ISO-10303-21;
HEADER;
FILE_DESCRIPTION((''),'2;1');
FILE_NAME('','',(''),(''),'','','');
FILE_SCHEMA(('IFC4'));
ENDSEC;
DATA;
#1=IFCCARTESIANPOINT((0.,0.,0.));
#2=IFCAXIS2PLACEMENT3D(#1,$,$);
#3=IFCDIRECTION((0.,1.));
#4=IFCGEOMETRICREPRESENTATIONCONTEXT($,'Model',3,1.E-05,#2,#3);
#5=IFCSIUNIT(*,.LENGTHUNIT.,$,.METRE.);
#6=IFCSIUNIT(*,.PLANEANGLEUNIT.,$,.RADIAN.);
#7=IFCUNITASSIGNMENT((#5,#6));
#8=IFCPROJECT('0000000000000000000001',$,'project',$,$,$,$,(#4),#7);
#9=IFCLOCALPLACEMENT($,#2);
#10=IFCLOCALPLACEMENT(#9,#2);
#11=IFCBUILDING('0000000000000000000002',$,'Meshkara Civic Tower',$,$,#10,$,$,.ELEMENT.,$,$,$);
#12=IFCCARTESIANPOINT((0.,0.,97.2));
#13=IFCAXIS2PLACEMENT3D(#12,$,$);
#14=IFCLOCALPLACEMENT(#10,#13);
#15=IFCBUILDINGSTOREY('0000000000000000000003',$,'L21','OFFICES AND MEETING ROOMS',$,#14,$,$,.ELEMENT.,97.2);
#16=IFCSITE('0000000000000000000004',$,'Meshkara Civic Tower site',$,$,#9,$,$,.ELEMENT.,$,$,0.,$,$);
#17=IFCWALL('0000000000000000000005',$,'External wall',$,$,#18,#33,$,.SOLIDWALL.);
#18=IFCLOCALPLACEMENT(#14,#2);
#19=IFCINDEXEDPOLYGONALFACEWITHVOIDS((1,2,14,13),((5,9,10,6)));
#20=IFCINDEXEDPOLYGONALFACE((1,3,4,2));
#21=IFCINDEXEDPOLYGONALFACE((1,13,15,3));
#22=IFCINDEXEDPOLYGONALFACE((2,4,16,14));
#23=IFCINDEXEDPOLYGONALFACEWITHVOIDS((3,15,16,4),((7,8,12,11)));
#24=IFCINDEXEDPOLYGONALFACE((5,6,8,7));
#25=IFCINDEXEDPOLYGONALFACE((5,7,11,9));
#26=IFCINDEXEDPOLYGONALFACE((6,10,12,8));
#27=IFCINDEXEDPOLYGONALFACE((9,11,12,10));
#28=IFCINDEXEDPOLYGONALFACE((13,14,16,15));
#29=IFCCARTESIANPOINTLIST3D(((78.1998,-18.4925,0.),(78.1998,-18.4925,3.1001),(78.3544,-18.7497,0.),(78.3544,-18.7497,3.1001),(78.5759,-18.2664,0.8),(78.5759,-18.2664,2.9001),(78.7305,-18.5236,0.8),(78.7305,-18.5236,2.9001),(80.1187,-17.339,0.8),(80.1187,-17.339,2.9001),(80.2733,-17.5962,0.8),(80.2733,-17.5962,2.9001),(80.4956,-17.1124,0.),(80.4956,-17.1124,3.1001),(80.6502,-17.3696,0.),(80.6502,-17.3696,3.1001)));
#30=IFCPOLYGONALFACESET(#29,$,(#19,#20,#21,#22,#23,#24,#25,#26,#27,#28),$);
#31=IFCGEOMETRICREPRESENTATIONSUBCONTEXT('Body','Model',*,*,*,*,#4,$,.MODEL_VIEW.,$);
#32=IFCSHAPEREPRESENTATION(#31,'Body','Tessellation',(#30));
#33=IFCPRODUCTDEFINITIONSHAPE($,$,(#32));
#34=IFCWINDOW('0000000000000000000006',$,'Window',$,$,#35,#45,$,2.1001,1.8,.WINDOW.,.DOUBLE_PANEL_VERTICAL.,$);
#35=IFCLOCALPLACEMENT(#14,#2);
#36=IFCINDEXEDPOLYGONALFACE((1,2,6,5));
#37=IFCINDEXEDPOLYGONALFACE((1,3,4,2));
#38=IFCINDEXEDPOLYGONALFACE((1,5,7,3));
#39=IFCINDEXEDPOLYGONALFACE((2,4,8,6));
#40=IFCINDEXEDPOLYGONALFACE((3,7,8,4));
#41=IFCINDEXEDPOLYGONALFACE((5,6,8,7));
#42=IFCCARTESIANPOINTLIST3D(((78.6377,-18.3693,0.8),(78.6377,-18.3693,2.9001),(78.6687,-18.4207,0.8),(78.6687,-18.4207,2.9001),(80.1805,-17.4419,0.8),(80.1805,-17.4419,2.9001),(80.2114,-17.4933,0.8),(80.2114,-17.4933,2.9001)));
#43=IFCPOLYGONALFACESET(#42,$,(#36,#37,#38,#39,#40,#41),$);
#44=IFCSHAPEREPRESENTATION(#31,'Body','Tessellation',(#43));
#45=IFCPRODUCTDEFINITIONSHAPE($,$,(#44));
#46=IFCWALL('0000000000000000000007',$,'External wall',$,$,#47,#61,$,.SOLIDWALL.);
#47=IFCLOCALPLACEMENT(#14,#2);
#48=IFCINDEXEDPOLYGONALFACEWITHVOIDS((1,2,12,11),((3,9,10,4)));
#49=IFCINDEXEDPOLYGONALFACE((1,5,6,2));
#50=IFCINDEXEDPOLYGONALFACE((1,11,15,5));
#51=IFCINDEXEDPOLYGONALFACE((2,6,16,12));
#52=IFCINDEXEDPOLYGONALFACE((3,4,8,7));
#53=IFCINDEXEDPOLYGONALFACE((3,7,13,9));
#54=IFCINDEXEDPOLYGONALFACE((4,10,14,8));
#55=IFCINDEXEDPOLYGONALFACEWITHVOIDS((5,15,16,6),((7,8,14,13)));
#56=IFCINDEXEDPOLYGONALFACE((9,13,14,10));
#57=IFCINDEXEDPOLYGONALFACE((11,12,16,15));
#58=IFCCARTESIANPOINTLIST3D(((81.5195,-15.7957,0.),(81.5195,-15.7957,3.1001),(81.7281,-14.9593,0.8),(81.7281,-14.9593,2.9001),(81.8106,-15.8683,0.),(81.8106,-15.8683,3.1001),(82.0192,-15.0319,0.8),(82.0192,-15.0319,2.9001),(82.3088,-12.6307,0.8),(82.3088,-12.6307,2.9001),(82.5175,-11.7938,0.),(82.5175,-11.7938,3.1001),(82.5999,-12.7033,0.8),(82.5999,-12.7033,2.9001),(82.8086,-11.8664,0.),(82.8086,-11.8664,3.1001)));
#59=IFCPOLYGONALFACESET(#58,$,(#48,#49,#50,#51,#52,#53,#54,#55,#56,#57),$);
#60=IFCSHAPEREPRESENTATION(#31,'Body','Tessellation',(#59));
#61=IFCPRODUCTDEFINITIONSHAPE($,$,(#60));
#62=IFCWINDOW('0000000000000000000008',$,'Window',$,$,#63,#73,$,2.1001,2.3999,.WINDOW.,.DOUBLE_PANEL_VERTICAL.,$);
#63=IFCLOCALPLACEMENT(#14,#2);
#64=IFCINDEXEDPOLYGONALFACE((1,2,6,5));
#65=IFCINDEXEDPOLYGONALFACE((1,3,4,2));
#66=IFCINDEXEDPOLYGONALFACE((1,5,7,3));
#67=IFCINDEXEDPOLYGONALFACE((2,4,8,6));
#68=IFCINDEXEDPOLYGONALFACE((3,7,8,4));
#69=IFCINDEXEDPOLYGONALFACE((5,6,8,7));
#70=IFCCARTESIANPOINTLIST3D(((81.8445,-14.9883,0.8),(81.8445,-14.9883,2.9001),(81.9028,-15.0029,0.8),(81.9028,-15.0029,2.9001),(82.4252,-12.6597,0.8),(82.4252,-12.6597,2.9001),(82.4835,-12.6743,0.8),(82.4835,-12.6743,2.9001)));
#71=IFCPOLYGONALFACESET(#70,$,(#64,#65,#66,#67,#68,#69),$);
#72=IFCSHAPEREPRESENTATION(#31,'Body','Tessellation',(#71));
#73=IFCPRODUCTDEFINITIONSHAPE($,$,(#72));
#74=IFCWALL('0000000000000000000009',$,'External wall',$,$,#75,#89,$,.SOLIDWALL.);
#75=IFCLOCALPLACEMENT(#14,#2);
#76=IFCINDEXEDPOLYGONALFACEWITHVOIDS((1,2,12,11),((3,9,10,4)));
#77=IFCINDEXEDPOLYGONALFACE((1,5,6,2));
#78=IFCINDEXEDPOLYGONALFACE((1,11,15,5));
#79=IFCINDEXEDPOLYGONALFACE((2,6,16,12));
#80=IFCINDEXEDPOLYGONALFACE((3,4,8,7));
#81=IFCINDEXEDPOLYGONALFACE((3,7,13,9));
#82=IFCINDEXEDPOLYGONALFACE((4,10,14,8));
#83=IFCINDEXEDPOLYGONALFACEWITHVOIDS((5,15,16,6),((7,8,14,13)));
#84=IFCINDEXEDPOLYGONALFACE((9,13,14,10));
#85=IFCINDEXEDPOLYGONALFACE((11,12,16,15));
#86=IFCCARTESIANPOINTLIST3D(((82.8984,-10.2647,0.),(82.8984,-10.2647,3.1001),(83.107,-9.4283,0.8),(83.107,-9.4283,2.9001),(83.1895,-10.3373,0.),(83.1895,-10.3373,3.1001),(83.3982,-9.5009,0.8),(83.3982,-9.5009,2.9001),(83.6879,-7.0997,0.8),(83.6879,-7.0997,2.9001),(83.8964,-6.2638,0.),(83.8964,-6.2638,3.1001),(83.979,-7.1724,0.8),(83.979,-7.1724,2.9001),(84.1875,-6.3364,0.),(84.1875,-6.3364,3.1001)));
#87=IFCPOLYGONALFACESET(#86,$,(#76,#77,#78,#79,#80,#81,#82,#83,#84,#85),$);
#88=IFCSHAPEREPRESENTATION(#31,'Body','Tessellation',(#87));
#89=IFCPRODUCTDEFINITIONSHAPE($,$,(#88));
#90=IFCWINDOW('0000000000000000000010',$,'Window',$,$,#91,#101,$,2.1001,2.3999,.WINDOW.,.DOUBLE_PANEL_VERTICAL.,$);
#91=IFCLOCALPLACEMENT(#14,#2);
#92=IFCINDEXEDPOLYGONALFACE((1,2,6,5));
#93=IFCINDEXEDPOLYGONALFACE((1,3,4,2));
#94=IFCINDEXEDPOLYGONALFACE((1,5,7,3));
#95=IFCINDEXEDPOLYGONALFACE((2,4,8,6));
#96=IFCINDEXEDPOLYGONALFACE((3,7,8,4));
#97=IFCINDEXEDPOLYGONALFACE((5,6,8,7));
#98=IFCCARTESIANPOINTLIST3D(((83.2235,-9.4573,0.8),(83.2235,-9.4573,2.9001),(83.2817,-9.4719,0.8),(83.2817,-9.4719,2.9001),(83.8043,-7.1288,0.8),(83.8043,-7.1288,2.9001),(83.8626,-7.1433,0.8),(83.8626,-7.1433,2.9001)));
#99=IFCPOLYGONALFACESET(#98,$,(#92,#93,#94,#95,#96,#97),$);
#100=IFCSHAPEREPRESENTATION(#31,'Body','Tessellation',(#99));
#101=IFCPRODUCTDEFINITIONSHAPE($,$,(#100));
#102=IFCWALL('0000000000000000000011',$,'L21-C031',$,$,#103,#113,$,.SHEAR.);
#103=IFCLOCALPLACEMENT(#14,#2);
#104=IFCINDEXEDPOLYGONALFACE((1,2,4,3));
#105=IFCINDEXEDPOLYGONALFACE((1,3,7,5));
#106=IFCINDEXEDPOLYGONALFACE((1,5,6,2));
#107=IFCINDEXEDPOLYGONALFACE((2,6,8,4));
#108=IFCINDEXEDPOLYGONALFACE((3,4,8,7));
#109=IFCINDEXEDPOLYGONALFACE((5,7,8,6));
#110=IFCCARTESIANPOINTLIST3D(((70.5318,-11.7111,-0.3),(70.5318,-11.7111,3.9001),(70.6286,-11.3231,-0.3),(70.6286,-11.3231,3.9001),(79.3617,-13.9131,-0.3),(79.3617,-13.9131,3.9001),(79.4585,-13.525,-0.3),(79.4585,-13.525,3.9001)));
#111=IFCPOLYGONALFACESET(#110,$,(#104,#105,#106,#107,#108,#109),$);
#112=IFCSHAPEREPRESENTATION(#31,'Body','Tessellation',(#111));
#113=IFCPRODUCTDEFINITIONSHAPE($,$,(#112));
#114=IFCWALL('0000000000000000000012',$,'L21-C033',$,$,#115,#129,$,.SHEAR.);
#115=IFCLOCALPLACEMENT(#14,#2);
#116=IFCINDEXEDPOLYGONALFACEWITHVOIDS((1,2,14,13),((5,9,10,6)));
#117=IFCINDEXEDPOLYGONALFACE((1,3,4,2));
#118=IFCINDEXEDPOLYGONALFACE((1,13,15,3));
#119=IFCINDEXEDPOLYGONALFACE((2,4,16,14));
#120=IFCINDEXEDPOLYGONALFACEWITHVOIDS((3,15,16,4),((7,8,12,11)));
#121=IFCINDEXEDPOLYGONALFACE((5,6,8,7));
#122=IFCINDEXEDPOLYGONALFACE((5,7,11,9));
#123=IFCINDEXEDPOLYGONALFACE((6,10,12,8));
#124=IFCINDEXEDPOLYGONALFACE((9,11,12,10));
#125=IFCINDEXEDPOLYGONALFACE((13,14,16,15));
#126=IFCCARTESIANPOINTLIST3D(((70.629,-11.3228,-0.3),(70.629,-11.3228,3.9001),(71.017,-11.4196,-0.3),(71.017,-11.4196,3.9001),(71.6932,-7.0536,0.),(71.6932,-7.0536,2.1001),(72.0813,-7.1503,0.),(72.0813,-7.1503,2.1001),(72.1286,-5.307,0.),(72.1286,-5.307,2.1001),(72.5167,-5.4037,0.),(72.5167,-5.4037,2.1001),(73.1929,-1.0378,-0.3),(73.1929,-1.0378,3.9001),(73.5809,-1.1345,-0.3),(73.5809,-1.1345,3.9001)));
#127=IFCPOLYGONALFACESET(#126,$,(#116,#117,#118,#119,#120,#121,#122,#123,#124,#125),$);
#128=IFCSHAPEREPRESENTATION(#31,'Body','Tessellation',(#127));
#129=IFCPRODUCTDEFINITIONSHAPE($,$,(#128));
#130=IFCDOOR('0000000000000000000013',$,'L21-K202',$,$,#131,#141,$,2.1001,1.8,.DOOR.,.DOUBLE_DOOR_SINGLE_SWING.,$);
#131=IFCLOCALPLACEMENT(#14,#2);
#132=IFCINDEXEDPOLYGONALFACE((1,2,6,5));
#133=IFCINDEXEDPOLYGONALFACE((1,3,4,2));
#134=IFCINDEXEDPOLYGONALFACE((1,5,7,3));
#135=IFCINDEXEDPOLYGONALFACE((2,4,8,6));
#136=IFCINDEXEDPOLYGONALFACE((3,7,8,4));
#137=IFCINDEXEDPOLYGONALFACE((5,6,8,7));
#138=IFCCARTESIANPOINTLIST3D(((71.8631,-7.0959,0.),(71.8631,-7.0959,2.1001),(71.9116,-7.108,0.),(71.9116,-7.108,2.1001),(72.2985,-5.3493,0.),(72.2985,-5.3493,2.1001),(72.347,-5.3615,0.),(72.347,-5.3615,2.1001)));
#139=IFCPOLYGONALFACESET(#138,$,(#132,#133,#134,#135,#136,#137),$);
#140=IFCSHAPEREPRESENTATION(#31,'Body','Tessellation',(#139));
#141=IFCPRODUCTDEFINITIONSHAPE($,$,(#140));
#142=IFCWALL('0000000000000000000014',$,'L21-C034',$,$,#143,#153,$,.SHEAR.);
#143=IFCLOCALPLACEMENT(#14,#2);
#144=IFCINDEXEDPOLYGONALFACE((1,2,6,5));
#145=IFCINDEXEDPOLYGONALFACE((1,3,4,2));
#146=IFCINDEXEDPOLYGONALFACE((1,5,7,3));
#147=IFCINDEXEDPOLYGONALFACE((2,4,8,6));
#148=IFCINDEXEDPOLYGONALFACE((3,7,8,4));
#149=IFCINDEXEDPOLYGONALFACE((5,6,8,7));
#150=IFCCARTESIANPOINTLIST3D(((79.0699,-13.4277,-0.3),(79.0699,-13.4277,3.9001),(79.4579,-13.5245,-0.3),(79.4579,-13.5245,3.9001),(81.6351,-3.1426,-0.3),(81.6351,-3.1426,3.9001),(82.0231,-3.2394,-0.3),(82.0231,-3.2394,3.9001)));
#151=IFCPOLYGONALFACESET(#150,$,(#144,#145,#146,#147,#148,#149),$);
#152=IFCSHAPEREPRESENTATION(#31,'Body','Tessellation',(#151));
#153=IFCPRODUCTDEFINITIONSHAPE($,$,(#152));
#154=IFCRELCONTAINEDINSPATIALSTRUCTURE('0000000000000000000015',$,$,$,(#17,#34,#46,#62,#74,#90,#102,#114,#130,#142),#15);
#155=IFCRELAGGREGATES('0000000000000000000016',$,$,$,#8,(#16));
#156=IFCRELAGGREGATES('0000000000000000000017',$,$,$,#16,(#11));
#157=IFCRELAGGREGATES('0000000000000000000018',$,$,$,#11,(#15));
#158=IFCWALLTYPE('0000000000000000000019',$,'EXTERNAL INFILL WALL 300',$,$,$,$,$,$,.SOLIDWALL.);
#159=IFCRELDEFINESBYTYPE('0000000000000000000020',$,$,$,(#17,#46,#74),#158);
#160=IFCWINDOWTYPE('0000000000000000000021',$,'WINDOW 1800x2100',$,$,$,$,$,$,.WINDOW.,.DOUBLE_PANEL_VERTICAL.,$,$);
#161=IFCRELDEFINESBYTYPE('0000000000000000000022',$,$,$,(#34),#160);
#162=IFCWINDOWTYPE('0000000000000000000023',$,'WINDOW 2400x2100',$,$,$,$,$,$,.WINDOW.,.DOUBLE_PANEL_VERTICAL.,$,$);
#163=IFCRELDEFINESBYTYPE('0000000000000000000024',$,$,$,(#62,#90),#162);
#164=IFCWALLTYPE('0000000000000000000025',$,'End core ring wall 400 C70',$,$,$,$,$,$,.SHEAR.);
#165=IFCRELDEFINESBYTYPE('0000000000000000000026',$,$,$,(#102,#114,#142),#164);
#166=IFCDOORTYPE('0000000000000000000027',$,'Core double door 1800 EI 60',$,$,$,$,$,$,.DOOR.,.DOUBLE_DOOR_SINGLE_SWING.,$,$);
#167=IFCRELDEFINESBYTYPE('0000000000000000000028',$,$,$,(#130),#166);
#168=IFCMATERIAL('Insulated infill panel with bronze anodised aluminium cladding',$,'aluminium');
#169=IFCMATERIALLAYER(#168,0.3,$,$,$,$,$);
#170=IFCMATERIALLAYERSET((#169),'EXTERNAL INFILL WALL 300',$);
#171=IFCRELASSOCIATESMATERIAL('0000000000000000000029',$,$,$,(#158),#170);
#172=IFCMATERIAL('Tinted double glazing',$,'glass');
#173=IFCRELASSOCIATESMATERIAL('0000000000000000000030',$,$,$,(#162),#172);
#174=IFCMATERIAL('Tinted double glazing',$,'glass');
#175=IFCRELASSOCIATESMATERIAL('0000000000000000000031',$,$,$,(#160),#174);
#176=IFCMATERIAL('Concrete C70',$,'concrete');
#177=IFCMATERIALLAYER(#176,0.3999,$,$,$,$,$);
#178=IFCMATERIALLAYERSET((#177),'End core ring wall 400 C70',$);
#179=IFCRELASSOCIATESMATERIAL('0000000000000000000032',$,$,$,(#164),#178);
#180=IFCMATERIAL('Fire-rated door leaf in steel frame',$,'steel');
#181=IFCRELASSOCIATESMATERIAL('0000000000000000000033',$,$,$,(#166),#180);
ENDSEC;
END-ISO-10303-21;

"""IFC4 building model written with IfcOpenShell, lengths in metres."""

from ifc_helpers import new_model, si_unit, direction, frame, frame_2d, origin, place, context, subcontext, project, spatial, rectangle, extrude, material, layer, layer_set, type_object, element, fill, save


model = new_model("IFC4")

# Units and contexts
model_context = context("Model", 3, precision=1e-05, world=origin(), true_north=direction((0.0, 1.0)))
body_context = subcontext(model_context, "Body", "Model", "MODEL_VIEW")
ifc_project = project(units=[si_unit("LENGTHUNIT", "METRE"), si_unit("PLANEANGLEUNIT", "RADIAN")], contexts=[model_context])

# Site, building, storey
site_placement = place(None, origin())
site = spatial("IfcSite", under=ifc_project, at=site_placement, Name="Meshkara Civic Tower site", CompositionType="ELEMENT", RefElevation=0.0)
building_placement = place(site_placement, origin())
building = spatial("IfcBuilding", under=site, at=building_placement, Name="Meshkara Civic Tower", CompositionType="ELEMENT")
storey_placement = place(building_placement, frame((0.0, 0.0, 97.2)))
storey = spatial("IfcBuildingStorey", under=building, at=storey_placement, Name="L21", Description="OFFICES AND MEETING ROOMS", CompositionType="ELEMENT", Elevation=97.2)

# Walls, openings, windows
ifc_material_1 = material(Name="Insulated infill panel with bronze anodised aluminium cladding", Category="aluminium")
ifc_layer_1 = layer(ifc_material_1, 0.3)
ifc_layer_set_1 = layer_set([ifc_layer_1], Name="EXTERNAL INFILL WALL 300")
wall_type_1 = type_object("IfcWallType", Name="EXTERNAL INFILL WALL 300", PredefinedType="SOLIDWALL", material=ifc_layer_set_1)
ifc_material_2 = material(Name="Tinted double glazing", Category="glass")
window_type_1 = type_object("IfcWindowType", Name="WINDOW 2400x2100", PartitioningType="DOUBLE_PANEL_VERTICAL", PredefinedType="WINDOW", material=ifc_material_2)
wall_1_placement = place(storey_placement, frame((78.2771, -18.6211, 0.0), z_axis=(0.0, 0.0, 1.0), x_axis=(0.857066, 0.515206, 0.0)))
wall_1 = element("IfcWall", 1, at=wall_1_placement, inside=storey, type_object=wall_type_1, Name="External wall", PredefinedType="SOLIDWALL", context=body_context, shape_type="SweptSolid", body=[
    extrude(rectangle(XDim=2.6787, YDim=0.3, at=frame_2d((1.3394, 0.0))), origin(), (0.0, 0.0, 1.0), 3.1001),
])
opening_1_placement = place(wall_1_placement, frame((0.439, 0.0, 0.8)))
opening_1 = element("IfcOpeningElement", 2, at=opening_1_placement, cuts=wall_1, PredefinedType="OPENING", context=body_context, shape_type="SweptSolid", body=[
    extrude(rectangle(XDim=1.8, YDim=2.1001, at=frame_2d((0.8999, 1.05))), frame((0.0, 0.1599, 0.0), z_axis=(0.0, -1.0, 0.0), x_axis=(1.0, 0.0, 0.0)), (0.0, 0.0, 1.0), 0.3201),
])
ifc_material_3 = material(Name="Tinted double glazing", Category="glass")
window_type_2 = type_object("IfcWindowType", Name="WINDOW 1800x2100", PartitioningType="DOUBLE_PANEL_VERTICAL", PredefinedType="WINDOW", material=ifc_material_3)
window_1_placement = place(opening_1_placement, origin())
window_1 = element("IfcWindow", 3, at=window_1_placement, inside=storey, type_object=window_type_2, Name="Window", OverallHeight=2.1001, OverallWidth=1.8, PartitioningType="DOUBLE_PANEL_VERTICAL", PredefinedType="WINDOW", context=body_context, shape_type="SweptSolid", body=[
    extrude(rectangle(XDim=1.8, YDim=2.1001, at=frame_2d((0.8999, 1.05))), frame((0.0, 0.03, 0.0), z_axis=(0.0, -1.0, 0.0), x_axis=(1.0, 0.0, 0.0)), (0.0, 0.0, 1.0), 0.0601),
])
fill(opening_1, window_1)
wall_2_placement = place(storey_placement, frame((81.665, -15.832, 0.0), z_axis=(0.0, 0.0, 1.0), x_axis=(0.241978, 0.970282, 0.0)))
wall_2 = element("IfcWall", 4, at=wall_2_placement, inside=storey, type_object=wall_type_1, Name="External wall", PredefinedType="SOLIDWALL", context=body_context, shape_type="SweptSolid", body=[
    extrude(rectangle(XDim=4.1245, YDim=0.3, at=frame_2d((2.0623, 0.0))), origin(), (0.0, 0.0, 1.0), 3.1001),
])
opening_2_placement = place(wall_2_placement, frame((0.8621, 0.0, 0.8)))
opening_2 = element("IfcOpeningElement", 5, at=opening_2_placement, cuts=wall_2, PredefinedType="OPENING", context=body_context, shape_type="SweptSolid", body=[
    extrude(rectangle(XDim=2.3999, YDim=2.1001, at=frame_2d((1.2, 1.05))), frame((0.0, 0.1599, 0.0), z_axis=(0.0, -1.0, 0.0), x_axis=(1.0, 0.0, 0.0)), (0.0, 0.0, 1.0), 0.3201),
])
window_2_placement = place(opening_2_placement, origin())
window_2 = element("IfcWindow", 6, at=window_2_placement, inside=storey, type_object=window_type_1, Name="Window", OverallHeight=2.1001, OverallWidth=2.3999, PartitioningType="DOUBLE_PANEL_VERTICAL", PredefinedType="WINDOW", context=body_context, shape_type="SweptSolid", body=[
    extrude(rectangle(XDim=2.3999, YDim=2.1001, at=frame_2d((1.2, 1.05))), frame((0.0, 0.03, 0.0), z_axis=(0.0, -1.0, 0.0), x_axis=(1.0, 0.0, 0.0)), (0.0, 0.0, 1.0), 0.0601),
])
fill(opening_2, window_2)
wall_3_placement = place(storey_placement, frame((83.0439, -10.301, 0.0), z_axis=(0.0, 0.0, 1.0), x_axis=(0.242034, 0.970268, 0.0)))
wall_3 = element("IfcWall", 7, at=wall_3_placement, inside=storey, type_object=wall_type_1, Name="External wall", PredefinedType="SOLIDWALL", context=body_context, shape_type="SweptSolid", body=[
    extrude(rectangle(XDim=4.1235, YDim=0.3, at=frame_2d((2.0618, 0.0))), origin(), (0.0, 0.0, 1.0), 3.1001),
])
opening_3_placement = place(wall_3_placement, frame((0.8621, 0.0, 0.8)))
opening_3 = element("IfcOpeningElement", 8, at=opening_3_placement, cuts=wall_3, PredefinedType="OPENING", context=body_context, shape_type="SweptSolid", body=[
    extrude(rectangle(XDim=2.3999, YDim=2.1001, at=frame_2d((1.2, 1.05))), frame((0.0, 0.1599, 0.0), z_axis=(0.0, -1.0, 0.0), x_axis=(1.0, 0.0, 0.0)), (0.0, 0.0, 1.0), 0.3201),
])
window_3_placement = place(opening_3_placement, origin())
window_3 = element("IfcWindow", 9, at=window_3_placement, inside=storey, type_object=window_type_1, Name="Window", OverallHeight=2.1001, OverallWidth=2.3999, PartitioningType="DOUBLE_PANEL_VERTICAL", PredefinedType="WINDOW", context=body_context, shape_type="SweptSolid", body=[
    extrude(rectangle(XDim=2.3999, YDim=2.1001, at=frame_2d((1.2, 1.05))), frame((0.0, 0.03, 0.0), z_axis=(0.0, -1.0, 0.0), x_axis=(1.0, 0.0, 0.0)), (0.0, 0.0, 1.0), 0.0601),
])
fill(opening_3, window_3)

# Wall
ifc_material_4 = material(Name="Concrete C70", Category="concrete")
ifc_layer_2 = layer(ifc_material_4, 0.3999)
ifc_layer_set_2 = layer_set([ifc_layer_2], Name="End core ring wall 400 C70")
wall_type_2 = type_object("IfcWallType", Name="End core ring wall 400 C70", PredefinedType="SHEAR", material=ifc_layer_set_2)
wall_4_placement = place(storey_placement, frame((70.5801, -11.5171, -0.3), z_axis=(0.0, 0.0, 1.0), x_axis=(0.970286, -0.241961, 0.0)))
element("IfcWall", 10, at=wall_4_placement, inside=storey, type_object=wall_type_2, Name="L21-C031", PredefinedType="SHEAR", context=body_context, shape_type="SweptSolid", body=[
    extrude(rectangle(XDim=9.1003, YDim=0.3999, at=frame_2d((4.5503, 0.0))), origin(), (0.0, 0.0, 1.0), 4.2002),
])

# Wall, opening, door
wall_5_placement = place(storey_placement, frame((70.823, -11.3711, -0.3), z_axis=(0.0, 0.0, 1.0), x_axis=(0.241885, 0.970305, 0.0)))
wall_5 = element("IfcWall", 11, at=wall_5_placement, inside=storey, type_object=wall_type_2, Name="L21-C033", PredefinedType="SHEAR", context=body_context, shape_type="SweptSolid", body=[
    extrude(rectangle(XDim=10.5999, YDim=0.3999, at=frame_2d((5.2998, 0.0))), origin(), (0.0, 0.0, 1.0), 4.2002),
])
opening_4_placement = place(wall_5_placement, frame((4.3999, 0.0, 0.3)))
opening_4 = element("IfcOpeningElement", 12, at=opening_4_placement, cuts=wall_5, PredefinedType="OPENING", context=body_context, shape_type="SweptSolid", body=[
    extrude(rectangle(XDim=1.8, YDim=2.1001, at=frame_2d((0.8999, 1.05))), frame((0.0, 0.21, 0.0), z_axis=(0.0, -1.0, 0.0), x_axis=(1.0, 0.0, 0.0)), (0.0, 0.0, 1.0), 0.4199),
])
ifc_material_5 = material(Name="Fire-rated door leaf in steel frame", Category="steel")
door_type_1 = type_object("IfcDoorType", Name="Core double door 1800 EI 60", OperationType="DOUBLE_DOOR_SINGLE_SWING", PredefinedType="DOOR", material=ifc_material_5)
door_1_placement = place(opening_4_placement, origin())
door_1 = element("IfcDoor", 13, at=door_1_placement, inside=storey, type_object=door_type_1, Name="L21-K202", OperationType="DOUBLE_DOOR_SINGLE_SWING", OverallHeight=2.1001, OverallWidth=1.8, PredefinedType="DOOR", context=body_context, shape_type="SweptSolid", body=[
    extrude(rectangle(XDim=1.8, YDim=2.1001, at=frame_2d((0.8999, 1.05))), frame((0.0, 0.0249, 0.0), z_axis=(0.0, -1.0, 0.0), x_axis=(1.0, 0.0, 0.0)), (0.0, 0.0, 1.0), 0.05),
])
fill(opening_4, door_1)

# Wall
wall_6_placement = place(storey_placement, frame((79.2639, -13.4761, -0.3), z_axis=(0.0, 0.0, 1.0), x_axis=(0.241994, 0.970278, 0.0)))
element("IfcWall", 14, at=wall_6_placement, inside=storey, type_object=wall_type_2, Name="L21-C034", PredefinedType="SHEAR", context=body_context, shape_type="SweptSolid", body=[
    extrude(rectangle(XDim=10.6001, YDim=0.3999, at=frame_2d((5.3, 0.0))), origin(), (0.0, 0.0, 1.0), 4.2002),
])

save(model, "model.ifc")
